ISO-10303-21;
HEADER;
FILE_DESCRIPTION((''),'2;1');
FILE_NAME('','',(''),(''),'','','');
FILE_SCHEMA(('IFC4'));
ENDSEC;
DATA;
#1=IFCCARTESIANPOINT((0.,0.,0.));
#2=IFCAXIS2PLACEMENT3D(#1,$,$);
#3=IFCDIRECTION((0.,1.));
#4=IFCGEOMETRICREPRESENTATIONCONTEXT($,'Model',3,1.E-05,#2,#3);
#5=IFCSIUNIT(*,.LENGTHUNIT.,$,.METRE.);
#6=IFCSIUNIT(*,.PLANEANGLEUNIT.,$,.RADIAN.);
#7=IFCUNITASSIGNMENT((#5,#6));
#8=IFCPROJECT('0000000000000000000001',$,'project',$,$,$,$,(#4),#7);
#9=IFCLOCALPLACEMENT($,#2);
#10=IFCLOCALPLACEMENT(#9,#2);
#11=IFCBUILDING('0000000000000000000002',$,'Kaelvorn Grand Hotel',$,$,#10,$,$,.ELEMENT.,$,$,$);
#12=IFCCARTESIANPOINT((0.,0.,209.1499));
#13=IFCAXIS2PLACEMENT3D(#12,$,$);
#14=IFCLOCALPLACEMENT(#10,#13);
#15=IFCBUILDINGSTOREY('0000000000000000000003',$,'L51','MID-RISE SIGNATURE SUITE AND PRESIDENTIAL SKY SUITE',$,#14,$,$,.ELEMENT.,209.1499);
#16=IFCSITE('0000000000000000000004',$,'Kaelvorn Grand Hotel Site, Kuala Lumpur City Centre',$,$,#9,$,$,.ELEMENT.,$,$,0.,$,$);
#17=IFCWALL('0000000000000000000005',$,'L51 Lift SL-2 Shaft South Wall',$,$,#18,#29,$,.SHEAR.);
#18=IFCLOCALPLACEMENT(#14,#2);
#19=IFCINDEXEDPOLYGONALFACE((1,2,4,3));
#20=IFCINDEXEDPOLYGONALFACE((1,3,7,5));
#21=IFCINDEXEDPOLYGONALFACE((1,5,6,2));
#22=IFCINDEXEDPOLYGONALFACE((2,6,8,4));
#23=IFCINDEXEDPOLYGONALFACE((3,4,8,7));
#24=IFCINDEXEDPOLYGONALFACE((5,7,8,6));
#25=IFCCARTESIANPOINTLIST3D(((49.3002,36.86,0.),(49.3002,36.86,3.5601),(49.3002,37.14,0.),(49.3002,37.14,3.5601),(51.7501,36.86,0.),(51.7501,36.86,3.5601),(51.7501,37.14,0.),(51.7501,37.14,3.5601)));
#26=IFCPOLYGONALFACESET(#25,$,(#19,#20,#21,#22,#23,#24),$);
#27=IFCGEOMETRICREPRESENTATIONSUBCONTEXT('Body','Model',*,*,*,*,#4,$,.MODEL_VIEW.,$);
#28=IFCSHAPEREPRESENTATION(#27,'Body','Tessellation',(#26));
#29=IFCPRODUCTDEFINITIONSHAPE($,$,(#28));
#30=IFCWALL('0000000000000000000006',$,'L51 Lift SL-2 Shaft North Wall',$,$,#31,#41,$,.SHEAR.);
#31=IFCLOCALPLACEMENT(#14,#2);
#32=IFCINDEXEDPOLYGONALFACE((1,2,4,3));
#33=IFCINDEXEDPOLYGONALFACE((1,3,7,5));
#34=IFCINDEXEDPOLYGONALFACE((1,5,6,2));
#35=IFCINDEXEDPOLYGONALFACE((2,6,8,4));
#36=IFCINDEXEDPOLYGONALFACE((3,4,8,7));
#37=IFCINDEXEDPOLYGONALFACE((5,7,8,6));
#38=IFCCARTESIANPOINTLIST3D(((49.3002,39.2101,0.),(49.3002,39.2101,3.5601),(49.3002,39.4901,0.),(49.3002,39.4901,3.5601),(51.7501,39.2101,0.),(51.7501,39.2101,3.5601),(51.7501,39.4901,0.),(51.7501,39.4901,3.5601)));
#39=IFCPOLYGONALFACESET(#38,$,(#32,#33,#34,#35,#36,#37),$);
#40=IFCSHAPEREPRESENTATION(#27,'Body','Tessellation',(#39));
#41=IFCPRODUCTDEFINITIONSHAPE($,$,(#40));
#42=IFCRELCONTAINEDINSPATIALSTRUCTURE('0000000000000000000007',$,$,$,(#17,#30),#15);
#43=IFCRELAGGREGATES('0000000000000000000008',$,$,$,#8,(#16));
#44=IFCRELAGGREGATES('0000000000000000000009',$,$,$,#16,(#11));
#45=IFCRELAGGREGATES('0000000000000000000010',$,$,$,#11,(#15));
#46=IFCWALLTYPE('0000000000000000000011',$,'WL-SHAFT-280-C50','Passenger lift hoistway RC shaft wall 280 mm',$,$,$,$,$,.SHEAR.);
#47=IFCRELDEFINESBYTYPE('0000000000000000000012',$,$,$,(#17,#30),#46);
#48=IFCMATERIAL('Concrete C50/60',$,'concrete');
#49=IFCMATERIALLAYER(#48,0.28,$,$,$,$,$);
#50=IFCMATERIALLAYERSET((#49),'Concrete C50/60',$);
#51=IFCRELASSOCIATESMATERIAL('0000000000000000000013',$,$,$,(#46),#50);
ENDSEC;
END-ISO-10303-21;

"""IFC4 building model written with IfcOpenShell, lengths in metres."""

from ifc_helpers import new_model, si_unit, direction, frame, frame_2d, origin, place, context, subcontext, project, spatial, rectangle, extrude, material, layer, layer_set, type_object, element, save


model = new_model("IFC4")

# Units and contexts
model_context = context("Model", 3, precision=1e-05, world=origin(), true_north=direction((0.0, 1.0)))
body_context = subcontext(model_context, "Body", "Model", "MODEL_VIEW")
ifc_project = project(units=[si_unit("LENGTHUNIT", "METRE"), si_unit("PLANEANGLEUNIT", "RADIAN")], contexts=[model_context])

# Site, building, storey
site_placement = place(None, origin())
site = spatial("IfcSite", under=ifc_project, at=site_placement, Name="Kaelvorn Grand Hotel Site, Kuala Lumpur City Centre", CompositionType="ELEMENT", RefElevation=0.0)
building_placement = place(site_placement, origin())
building = spatial("IfcBuilding", under=site, at=building_placement, Name="Kaelvorn Grand Hotel", CompositionType="ELEMENT")
storey_placement = place(building_placement, frame((0.0, 0.0, 209.1499)))
storey = spatial("IfcBuildingStorey", under=building, at=storey_placement, Name="L51", Description="MID-RISE SIGNATURE SUITE AND PRESIDENTIAL SKY SUITE", CompositionType="ELEMENT", Elevation=209.1499)

# Shared definitions
ifc_material_1 = material(Name="Concrete C50/60", Category="concrete")

# Shared definitions
ifc_layer_1 = layer(ifc_material_1, 0.28)
ifc_layer_set_1 = layer_set([ifc_layer_1], Name="Concrete C50/60")
wall_type_1 = type_object("IfcWallType", Name="WL-SHAFT-280-C50", Description="Passenger lift hoistway RC shaft wall 280 mm", PredefinedType="SHEAR", material=ifc_layer_set_1)

# Walls
for number, where, z_axis, x_axis, name in (
    (1, (49.3, 37.0, 0.0), (0.0, 0.0, 1.0), (1.0, 0.0, 0.0), "L51 Lift SL-2 Shaft South Wall"),
    (2, (49.3, 39.3501, 0.0), (0.0, 0.0, 1.0), (1.0, 0.0, 0.0), "L51 Lift SL-2 Shaft North Wall"),
):
    element("IfcWall", number, at=place(storey_placement, frame(where, z_axis=z_axis, x_axis=x_axis)), inside=storey, type_object=wall_type_1, Name=name, PredefinedType="SHEAR", context=body_context, shape_type="SweptSolid", body=[
        extrude(rectangle(XDim=2.45, YDim=0.28, at=frame_2d((1.2251, 0.0))), origin(), (0.0, 0.0, 1.0), 3.5601),
    ])

save(model, "model.ifc")
